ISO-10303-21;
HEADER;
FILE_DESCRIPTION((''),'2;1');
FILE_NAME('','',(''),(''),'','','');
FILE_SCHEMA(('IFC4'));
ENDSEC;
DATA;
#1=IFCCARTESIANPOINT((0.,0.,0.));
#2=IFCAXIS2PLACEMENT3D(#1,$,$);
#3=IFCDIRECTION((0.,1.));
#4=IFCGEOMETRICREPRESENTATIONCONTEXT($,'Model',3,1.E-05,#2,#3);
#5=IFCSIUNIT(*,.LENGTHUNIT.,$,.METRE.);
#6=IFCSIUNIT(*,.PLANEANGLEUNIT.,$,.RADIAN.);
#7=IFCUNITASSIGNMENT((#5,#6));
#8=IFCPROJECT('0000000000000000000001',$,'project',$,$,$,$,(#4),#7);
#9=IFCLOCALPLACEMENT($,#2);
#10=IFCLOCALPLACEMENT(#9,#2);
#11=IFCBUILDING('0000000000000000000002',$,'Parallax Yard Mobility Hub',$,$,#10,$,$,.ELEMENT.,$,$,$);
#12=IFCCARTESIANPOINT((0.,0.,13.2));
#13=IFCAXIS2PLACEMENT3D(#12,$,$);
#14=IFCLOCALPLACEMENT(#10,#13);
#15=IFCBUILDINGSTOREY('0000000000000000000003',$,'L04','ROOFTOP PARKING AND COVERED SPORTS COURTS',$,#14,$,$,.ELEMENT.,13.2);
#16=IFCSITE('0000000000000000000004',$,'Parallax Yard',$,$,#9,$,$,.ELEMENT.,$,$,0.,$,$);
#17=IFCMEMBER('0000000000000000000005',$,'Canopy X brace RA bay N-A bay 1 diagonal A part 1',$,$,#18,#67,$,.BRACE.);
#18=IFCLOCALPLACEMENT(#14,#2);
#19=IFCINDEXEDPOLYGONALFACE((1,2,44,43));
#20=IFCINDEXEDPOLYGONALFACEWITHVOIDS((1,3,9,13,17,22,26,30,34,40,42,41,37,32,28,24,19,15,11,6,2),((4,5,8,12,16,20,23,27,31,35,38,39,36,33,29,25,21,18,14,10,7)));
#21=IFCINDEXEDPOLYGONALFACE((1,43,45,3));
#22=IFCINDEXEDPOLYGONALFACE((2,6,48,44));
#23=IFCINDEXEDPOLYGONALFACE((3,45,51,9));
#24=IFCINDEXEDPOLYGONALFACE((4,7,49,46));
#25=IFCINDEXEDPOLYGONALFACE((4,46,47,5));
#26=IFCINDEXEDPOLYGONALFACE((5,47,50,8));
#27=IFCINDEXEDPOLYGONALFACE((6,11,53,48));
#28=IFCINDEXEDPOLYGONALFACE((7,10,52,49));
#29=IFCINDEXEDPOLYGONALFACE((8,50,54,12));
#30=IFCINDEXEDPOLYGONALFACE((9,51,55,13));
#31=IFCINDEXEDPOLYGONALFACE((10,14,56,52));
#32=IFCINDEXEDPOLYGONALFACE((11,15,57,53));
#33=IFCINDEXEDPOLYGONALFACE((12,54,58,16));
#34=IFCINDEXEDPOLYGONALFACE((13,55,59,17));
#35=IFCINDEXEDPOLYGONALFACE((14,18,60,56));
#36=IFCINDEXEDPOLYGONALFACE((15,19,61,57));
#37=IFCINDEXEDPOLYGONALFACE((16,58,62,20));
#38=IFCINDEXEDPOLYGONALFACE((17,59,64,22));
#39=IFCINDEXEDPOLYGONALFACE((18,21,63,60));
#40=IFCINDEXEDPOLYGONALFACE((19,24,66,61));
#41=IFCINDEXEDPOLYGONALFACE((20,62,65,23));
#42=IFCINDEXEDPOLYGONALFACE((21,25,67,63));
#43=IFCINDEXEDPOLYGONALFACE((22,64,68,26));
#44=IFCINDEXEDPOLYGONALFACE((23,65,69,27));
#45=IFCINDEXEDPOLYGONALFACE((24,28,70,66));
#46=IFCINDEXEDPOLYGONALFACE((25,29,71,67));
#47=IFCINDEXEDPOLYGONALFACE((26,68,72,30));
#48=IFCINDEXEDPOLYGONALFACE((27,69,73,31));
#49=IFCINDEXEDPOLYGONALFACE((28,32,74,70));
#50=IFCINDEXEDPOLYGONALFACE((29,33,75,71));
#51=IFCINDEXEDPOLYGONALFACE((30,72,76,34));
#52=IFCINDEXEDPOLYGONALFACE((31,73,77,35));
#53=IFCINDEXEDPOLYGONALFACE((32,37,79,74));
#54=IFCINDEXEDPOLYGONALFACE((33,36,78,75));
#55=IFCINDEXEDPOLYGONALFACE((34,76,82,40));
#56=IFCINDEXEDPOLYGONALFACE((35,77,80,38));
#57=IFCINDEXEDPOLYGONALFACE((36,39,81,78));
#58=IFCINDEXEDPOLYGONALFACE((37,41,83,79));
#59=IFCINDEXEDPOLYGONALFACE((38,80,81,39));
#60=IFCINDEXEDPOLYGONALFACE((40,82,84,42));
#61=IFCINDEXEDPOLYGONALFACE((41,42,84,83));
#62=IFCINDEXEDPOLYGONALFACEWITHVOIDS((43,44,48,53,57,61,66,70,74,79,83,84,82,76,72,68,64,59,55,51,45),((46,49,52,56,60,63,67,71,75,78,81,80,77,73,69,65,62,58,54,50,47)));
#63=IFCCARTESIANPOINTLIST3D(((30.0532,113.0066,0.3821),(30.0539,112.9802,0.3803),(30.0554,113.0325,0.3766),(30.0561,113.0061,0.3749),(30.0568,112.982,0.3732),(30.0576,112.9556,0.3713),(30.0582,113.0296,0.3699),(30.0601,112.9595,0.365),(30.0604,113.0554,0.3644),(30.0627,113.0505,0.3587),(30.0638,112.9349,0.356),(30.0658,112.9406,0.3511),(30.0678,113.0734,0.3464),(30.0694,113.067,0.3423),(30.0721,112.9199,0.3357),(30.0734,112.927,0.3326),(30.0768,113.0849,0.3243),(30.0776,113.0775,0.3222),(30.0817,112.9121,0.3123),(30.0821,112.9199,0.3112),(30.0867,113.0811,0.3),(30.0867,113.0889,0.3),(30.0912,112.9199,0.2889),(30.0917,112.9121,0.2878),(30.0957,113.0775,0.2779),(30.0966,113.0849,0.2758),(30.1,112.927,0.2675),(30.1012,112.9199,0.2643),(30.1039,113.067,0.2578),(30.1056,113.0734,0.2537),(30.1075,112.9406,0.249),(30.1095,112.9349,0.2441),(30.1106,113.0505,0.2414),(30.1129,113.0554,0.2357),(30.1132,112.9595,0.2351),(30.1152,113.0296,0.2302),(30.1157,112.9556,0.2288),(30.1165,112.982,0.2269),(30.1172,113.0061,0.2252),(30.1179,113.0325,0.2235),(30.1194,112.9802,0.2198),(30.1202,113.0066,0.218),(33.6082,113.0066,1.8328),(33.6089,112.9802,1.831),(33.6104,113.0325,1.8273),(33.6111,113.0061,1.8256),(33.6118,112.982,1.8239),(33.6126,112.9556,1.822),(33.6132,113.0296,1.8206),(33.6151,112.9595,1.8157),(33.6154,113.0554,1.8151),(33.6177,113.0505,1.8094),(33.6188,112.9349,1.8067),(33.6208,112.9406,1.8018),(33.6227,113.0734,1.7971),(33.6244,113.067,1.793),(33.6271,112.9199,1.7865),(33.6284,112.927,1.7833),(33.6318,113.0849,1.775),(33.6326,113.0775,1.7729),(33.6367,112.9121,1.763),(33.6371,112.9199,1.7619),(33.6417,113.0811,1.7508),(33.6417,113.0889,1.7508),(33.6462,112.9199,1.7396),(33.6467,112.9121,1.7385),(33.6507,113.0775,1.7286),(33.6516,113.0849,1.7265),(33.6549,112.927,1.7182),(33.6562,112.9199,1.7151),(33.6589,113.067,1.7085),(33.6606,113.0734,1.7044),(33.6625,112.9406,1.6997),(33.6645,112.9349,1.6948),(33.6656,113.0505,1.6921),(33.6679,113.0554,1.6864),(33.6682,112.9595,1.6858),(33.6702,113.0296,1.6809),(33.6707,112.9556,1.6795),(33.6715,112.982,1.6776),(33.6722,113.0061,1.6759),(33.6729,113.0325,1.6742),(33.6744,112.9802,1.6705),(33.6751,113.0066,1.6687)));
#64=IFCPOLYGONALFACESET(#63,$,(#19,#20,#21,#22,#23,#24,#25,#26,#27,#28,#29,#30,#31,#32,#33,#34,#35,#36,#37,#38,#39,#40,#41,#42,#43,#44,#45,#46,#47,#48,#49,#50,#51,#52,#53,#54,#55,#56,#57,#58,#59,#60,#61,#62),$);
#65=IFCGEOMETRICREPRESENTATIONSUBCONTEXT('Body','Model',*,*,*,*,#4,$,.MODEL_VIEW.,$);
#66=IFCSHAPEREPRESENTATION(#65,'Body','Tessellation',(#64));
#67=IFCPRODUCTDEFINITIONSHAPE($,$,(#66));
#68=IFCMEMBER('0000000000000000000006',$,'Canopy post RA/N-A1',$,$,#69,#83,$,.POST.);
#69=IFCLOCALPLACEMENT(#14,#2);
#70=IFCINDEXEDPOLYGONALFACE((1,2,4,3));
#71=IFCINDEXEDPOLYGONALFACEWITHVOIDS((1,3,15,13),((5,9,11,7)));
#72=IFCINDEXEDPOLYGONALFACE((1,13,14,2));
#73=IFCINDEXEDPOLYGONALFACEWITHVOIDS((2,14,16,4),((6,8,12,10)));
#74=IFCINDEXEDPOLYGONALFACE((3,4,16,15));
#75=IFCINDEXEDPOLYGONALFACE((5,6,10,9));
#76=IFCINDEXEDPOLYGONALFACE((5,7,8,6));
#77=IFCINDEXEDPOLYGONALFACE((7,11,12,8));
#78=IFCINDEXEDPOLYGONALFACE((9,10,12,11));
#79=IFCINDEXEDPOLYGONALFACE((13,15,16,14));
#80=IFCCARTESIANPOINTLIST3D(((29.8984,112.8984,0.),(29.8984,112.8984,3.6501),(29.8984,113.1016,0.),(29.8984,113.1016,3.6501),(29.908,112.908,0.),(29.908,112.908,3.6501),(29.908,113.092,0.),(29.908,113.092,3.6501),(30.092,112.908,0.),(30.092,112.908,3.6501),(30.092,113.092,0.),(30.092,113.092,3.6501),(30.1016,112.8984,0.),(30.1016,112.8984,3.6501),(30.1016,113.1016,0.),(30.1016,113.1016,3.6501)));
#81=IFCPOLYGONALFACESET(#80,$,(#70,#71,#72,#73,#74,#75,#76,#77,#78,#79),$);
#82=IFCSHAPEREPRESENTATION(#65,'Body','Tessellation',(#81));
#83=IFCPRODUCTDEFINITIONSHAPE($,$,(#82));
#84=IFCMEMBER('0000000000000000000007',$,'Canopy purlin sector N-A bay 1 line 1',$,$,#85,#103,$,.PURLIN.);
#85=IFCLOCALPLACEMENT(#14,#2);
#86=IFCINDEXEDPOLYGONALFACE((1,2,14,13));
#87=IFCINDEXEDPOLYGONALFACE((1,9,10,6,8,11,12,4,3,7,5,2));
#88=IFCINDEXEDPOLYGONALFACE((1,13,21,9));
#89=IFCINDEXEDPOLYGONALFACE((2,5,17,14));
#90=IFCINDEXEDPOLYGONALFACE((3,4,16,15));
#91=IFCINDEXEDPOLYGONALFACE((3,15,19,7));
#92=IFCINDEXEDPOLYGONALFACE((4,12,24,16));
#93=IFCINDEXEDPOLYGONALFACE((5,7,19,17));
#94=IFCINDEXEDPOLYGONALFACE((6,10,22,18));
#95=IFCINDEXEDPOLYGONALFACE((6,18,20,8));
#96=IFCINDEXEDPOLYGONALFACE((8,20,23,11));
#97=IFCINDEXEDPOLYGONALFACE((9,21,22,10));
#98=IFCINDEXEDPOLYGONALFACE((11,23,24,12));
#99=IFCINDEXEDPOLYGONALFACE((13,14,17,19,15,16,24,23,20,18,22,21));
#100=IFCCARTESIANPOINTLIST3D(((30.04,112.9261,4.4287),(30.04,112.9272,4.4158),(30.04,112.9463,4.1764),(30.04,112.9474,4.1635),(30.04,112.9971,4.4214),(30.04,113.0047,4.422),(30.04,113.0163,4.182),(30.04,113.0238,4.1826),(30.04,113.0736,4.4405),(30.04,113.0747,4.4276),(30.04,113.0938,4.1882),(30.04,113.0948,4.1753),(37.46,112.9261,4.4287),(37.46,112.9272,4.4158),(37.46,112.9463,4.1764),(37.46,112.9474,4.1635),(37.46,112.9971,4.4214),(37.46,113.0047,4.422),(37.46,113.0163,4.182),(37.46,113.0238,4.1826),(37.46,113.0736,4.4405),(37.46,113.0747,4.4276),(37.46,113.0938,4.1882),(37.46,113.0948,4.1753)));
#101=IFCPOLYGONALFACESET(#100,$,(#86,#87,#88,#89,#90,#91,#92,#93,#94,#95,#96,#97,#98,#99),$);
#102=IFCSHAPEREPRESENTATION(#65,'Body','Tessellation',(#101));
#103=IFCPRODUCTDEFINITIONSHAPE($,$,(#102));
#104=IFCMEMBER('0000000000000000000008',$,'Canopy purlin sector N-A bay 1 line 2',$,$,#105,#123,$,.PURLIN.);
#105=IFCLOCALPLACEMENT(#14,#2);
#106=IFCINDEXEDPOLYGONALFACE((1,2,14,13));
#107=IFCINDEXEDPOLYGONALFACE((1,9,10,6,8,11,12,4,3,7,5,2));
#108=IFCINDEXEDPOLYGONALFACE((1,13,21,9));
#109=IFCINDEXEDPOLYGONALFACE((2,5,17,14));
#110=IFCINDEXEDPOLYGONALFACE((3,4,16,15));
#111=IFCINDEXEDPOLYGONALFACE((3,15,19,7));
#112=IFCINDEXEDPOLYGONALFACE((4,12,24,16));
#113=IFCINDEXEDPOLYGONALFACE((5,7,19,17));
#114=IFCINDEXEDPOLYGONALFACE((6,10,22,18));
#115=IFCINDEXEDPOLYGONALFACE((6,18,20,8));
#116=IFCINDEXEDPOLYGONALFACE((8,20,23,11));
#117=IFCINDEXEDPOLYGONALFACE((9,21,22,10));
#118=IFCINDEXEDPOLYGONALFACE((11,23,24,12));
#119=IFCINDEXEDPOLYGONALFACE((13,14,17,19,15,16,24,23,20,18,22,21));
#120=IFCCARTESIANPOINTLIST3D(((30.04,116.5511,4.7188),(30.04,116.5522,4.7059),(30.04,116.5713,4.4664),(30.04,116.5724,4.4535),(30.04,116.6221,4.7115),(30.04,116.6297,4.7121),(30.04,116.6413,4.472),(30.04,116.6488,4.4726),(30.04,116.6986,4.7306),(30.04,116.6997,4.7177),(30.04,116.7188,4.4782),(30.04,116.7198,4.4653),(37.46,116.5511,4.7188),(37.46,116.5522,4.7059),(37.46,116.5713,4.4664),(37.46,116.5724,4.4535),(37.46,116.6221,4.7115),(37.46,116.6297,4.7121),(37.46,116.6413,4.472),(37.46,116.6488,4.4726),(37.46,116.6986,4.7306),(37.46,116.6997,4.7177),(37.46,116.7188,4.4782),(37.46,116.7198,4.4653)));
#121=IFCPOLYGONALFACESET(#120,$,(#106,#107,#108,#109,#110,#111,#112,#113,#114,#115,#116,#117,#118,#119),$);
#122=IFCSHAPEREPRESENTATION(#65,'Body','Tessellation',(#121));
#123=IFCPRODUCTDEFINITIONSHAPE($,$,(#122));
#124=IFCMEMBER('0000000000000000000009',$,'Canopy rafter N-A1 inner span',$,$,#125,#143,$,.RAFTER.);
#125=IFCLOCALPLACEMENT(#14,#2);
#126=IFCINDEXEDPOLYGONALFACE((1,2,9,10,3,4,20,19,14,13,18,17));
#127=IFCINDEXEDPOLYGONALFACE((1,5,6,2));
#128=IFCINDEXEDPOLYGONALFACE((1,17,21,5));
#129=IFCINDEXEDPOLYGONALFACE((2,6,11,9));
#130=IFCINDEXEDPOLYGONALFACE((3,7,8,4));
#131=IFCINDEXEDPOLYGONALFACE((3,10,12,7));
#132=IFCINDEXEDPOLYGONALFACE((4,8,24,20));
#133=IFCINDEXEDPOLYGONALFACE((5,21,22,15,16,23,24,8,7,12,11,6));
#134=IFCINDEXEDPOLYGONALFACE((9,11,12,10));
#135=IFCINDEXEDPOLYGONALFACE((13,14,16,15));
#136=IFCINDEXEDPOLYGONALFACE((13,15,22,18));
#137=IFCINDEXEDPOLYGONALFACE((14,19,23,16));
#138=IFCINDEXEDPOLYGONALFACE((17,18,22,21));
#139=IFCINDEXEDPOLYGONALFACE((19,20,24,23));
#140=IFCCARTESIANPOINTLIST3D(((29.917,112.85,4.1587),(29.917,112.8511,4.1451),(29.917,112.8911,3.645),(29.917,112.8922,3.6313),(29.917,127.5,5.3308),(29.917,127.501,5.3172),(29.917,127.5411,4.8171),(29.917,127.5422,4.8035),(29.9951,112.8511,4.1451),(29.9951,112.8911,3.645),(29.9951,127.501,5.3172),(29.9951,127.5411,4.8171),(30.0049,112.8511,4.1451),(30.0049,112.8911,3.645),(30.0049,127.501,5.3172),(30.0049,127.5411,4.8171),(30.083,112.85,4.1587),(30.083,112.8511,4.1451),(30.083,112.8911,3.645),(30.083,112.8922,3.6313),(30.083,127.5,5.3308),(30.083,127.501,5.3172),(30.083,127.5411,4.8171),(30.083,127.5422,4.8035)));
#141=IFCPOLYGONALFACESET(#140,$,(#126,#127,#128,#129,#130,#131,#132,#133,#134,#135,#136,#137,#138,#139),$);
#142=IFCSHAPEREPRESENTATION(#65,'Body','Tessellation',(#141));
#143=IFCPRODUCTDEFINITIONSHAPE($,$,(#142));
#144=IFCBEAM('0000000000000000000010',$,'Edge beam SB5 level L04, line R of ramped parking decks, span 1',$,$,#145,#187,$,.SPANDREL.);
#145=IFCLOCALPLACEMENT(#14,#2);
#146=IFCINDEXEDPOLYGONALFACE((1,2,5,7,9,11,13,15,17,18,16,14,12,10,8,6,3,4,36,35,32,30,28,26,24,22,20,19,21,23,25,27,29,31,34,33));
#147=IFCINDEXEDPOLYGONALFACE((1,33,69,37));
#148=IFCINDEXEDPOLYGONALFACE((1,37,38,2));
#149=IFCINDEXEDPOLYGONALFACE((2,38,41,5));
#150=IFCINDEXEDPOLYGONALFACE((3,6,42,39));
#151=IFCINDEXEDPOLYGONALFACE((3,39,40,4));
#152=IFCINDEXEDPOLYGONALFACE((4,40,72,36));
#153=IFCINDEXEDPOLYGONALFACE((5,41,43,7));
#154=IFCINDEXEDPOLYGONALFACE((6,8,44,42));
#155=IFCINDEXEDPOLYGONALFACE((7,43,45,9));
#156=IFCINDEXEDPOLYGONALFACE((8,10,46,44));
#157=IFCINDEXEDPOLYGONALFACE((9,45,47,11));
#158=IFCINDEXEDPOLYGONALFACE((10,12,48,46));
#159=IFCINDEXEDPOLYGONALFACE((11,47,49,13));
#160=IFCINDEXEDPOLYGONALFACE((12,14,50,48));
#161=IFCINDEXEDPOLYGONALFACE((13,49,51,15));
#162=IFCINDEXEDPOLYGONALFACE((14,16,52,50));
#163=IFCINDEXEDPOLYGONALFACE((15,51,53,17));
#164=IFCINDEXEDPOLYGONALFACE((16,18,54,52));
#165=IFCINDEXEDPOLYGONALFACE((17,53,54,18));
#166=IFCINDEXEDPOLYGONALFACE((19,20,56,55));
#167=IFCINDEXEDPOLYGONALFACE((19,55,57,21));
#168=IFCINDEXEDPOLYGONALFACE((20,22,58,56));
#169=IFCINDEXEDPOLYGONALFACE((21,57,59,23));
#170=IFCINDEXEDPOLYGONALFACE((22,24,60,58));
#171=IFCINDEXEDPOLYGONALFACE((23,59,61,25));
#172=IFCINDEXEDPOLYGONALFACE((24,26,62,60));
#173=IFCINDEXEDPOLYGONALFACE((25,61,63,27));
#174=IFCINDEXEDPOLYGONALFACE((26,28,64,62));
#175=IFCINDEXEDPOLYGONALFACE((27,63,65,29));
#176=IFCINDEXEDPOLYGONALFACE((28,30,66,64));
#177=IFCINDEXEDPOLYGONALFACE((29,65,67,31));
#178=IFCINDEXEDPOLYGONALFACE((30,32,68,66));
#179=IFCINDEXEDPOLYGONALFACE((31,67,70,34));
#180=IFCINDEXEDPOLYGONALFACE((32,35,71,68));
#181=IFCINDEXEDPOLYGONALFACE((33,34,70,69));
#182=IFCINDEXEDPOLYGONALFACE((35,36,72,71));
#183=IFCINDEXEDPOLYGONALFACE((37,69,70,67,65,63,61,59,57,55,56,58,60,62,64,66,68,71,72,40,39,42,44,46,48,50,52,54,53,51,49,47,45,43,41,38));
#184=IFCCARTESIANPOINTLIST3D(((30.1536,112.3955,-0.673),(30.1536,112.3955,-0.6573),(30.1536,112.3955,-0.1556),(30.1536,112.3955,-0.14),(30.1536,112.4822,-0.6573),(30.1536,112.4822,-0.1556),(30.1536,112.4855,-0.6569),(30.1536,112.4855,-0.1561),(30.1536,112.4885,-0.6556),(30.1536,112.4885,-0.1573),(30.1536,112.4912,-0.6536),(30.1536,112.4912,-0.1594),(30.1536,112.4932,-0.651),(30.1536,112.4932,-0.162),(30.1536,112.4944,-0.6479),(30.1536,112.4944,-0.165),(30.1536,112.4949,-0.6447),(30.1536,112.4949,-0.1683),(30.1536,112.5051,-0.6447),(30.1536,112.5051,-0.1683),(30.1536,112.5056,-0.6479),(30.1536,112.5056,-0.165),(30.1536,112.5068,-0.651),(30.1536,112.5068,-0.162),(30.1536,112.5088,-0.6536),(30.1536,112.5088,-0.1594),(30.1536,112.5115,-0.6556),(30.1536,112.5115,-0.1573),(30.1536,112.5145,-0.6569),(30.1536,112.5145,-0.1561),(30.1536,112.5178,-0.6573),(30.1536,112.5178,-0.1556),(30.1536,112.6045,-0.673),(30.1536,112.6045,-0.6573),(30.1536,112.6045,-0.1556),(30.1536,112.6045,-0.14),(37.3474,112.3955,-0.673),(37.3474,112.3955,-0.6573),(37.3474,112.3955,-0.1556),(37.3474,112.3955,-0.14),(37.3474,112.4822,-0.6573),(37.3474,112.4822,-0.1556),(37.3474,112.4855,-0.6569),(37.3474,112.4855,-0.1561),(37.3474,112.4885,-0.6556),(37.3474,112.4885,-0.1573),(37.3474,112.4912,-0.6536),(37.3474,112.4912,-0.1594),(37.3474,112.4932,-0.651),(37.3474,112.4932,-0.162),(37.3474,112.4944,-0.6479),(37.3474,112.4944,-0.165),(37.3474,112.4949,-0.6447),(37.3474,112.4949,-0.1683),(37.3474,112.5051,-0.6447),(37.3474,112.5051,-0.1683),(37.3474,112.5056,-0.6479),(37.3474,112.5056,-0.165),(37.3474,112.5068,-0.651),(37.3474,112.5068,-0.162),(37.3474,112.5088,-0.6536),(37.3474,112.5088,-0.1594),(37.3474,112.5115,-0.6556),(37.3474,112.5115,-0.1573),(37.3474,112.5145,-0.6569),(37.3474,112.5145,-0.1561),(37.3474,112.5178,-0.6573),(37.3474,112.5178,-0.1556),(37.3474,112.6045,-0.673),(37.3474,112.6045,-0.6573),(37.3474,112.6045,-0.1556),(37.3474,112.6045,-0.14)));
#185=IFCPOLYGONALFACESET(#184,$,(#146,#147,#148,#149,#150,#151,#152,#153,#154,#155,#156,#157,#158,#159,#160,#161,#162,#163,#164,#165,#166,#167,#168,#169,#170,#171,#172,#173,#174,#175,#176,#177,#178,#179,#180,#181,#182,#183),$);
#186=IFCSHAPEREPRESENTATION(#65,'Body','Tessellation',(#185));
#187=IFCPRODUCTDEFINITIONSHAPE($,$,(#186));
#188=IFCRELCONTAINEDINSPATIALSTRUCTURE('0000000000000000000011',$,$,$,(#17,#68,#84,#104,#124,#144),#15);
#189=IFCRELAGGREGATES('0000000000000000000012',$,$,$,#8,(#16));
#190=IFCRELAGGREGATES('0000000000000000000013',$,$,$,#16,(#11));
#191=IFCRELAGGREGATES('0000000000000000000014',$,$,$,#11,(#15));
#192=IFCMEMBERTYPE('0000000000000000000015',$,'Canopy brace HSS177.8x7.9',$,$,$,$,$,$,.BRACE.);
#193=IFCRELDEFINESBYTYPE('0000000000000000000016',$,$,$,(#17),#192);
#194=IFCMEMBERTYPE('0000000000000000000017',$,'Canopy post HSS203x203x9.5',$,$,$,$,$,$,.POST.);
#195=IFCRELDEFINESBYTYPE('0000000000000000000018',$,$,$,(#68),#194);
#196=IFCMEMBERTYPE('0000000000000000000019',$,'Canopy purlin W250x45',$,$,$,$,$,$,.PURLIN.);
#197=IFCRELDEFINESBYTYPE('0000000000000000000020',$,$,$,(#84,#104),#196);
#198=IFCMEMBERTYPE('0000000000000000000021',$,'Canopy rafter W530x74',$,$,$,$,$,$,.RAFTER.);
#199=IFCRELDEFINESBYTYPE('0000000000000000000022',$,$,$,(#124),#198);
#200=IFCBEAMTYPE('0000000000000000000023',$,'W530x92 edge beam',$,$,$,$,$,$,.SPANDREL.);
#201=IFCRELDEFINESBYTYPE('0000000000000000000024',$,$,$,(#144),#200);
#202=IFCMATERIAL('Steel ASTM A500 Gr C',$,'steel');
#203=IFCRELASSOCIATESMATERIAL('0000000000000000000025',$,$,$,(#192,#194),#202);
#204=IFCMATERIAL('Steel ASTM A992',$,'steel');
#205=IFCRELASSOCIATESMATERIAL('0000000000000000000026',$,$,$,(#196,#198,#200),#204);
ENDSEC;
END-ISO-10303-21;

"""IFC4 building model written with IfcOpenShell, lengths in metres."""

from ifc_helpers import new_model, si_unit, direction, frame, origin, origin_2d, place, context, subcontext, project, spatial, hollow_rectangle, hollow_circle, i_section, extrude, material, material_profile, profile_set, type_object, element, save


model = new_model("IFC4")

# Units and contexts
model_context = context("Model", 3, precision=1e-05, world=origin(), true_north=direction((0.0, 1.0)))
body_context = subcontext(model_context, "Body", "Model", "MODEL_VIEW")
ifc_project = project(units=[si_unit("LENGTHUNIT", "METRE"), si_unit("PLANEANGLEUNIT", "RADIAN")], contexts=[model_context])

# Site, building, storey
site_placement = place(None, origin())
site = spatial("IfcSite", under=ifc_project, at=site_placement, Name="Parallax Yard", CompositionType="ELEMENT", RefElevation=0.0)
building_placement = place(site_placement, origin())
building = spatial("IfcBuilding", under=site, at=building_placement, Name="Parallax Yard Mobility Hub", CompositionType="ELEMENT")
storey_placement = place(building_placement, frame((0.0, 0.0, 13.2)))
storey = spatial("IfcBuildingStorey", under=building, at=storey_placement, Name="L04", Description="ROOFTOP PARKING AND COVERED SPORTS COURTS", CompositionType="ELEMENT", Elevation=13.2)

# Members
ifc_material_1 = material(Name="Steel ASTM A500 Gr C", Category="steel")
ifc_material_profile_1 = material_profile(ifc_material_1, hollow_circle(Radius=0.0889, WallThickness=0.0078, at=origin_2d()), Name="HSS177.8x7.9")
ifc_profile_set_1 = profile_set([ifc_material_profile_1], Name="Steel ASTM A500 Gr C")
member_type_1 = type_object("IfcMemberType", Name="Canopy brace HSS177.8x7.9", PredefinedType="BRACE", material=ifc_profile_set_1)
member_1_placement = place(storey_placement, frame((30.0867, 113.0, 0.3), z_axis=(0.925876, 0.0, 0.377828), x_axis=(0.0, 1.0, 0.0)))
element("IfcMember", 1, at=member_1_placement, inside=storey, type_object=member_type_1, Name="Canopy X brace RA bay N-A bay 1 diagonal A part 1", PredefinedType="BRACE", context=body_context, shape_type="SweptSolid", body=[
    extrude(hollow_circle(Radius=0.0889, WallThickness=0.0078, at=origin_2d()), origin(), (0.0, 0.0, 1.0), 3.8396),
])
ifc_material_profile_2 = material_profile(ifc_material_1, hollow_rectangle(XDim=0.2031, YDim=0.2031, WallThickness=0.0095, at=origin_2d()), Name="HSS203x203x9.5")
ifc_profile_set_2 = profile_set([ifc_material_profile_2], Name="Steel ASTM A500 Gr C")
member_type_2 = type_object("IfcMemberType", Name="Canopy post HSS203x203x9.5", PredefinedType="POST", material=ifc_profile_set_2)
member_2_placement = place(storey_placement, frame((30.0, 113.0, 0.0), z_axis=(0.0, 0.0, 1.0), x_axis=(1.0, 0.0, 0.0)))
element("IfcMember", 2, at=member_2_placement, inside=storey, type_object=member_type_2, Name="Canopy post RA/N-A1", PredefinedType="POST", context=body_context, shape_type="SweptSolid", body=[
    extrude(hollow_rectangle(XDim=0.2031, YDim=0.2031, WallThickness=0.0095, at=origin_2d()), origin(), (0.0, 0.0, 1.0), 3.6501),
])
ifc_material_2 = material(Name="Steel ASTM A992", Category="steel")
ifc_material_profile_3 = material_profile(ifc_material_2, i_section(OverallWidth=0.1479, OverallDepth=0.2661, WebThickness=0.0076, FlangeThickness=0.0129, at=origin_2d()), Name="W250x45")
ifc_profile_set_3 = profile_set([ifc_material_profile_3], Name="Steel ASTM A992")
member_type_3 = type_object("IfcMemberType", Name="Canopy purlin W250x45", PredefinedType="PURLIN", material=ifc_profile_set_3)
for number, where, z_axis, x_axis, name in (
    (3, (30.04, 113.0105, 4.302), (1.0, 0.0, 0.0), (0.0, 0.996815, 0.079745), "Canopy purlin sector N-A bay 1 line 1"),
    (4, (30.04, 116.6355, 4.592), (1.0, 0.0, 0.0), (0.0, 0.996815, 0.079745), "Canopy purlin sector N-A bay 1 line 2"),
):
    element("IfcMember", number, at=place(storey_placement, frame(where, z_axis=z_axis, x_axis=x_axis)), inside=storey, type_object=member_type_3, Name=name, PredefinedType="PURLIN", context=body_context, shape_type="SweptSolid", body=[
        extrude(i_section(OverallWidth=0.1479, OverallDepth=0.2661, WebThickness=0.0076, FlangeThickness=0.0129, at=origin_2d()), origin(), (0.0, 0.0, 1.0), 7.4199),
    ])
ifc_material_profile_4 = material_profile(ifc_material_2, i_section(OverallWidth=0.166, OverallDepth=0.5291, WebThickness=0.0098, FlangeThickness=0.0137, at=origin_2d()), Name="W530x74")
ifc_profile_set_4 = profile_set([ifc_material_profile_4], Name="Steel ASTM A992")
member_type_4 = type_object("IfcMemberType", Name="Canopy rafter W530x74", PredefinedType="RAFTER", material=ifc_profile_set_4)
member_3_placement = place(storey_placement, frame((30.0, 112.8711, 3.895), z_axis=(0.0, 0.996815, 0.079754), x_axis=(-1.0, 0.0, 0.0)))
element("IfcMember", 5, at=member_3_placement, inside=storey, type_object=member_type_4, Name="Canopy rafter N-A1 inner span", PredefinedType="RAFTER", context=body_context, shape_type="SweptSolid", body=[
    extrude(i_section(OverallWidth=0.166, OverallDepth=0.5291, WebThickness=0.0098, FlangeThickness=0.0137, at=origin_2d()), origin(), (0.0, 0.0, 1.0), 14.6968),
])

# Beam
ifc_material_profile_5 = material_profile(ifc_material_2, i_section(OverallWidth=0.209, OverallDepth=0.533, WebThickness=0.0103, FlangeThickness=0.0156, FilletRadius=0.0127, at=origin_2d()), Name="W530x92")
ifc_profile_set_5 = profile_set([ifc_material_profile_5], Name="Steel ASTM A992")
beam_type_1 = type_object("IfcBeamType", Name="W530x92 edge beam", PredefinedType="SPANDREL", material=ifc_profile_set_5)
beam_1_placement = place(storey_placement, frame((30.1536, 112.5, -0.4065), z_axis=(1.0, 0.0, 0.0), x_axis=(0.0, 1.0, 0.0)))
element("IfcBeam", 6, at=beam_1_placement, inside=storey, type_object=beam_type_1, Name="Edge beam SB5 level L04, line R of ramped parking decks, span 1", PredefinedType="SPANDREL", context=body_context, shape_type="SweptSolid", body=[
    extrude(i_section(OverallWidth=0.209, OverallDepth=0.533, WebThickness=0.0103, FlangeThickness=0.0156, FilletRadius=0.0127, at=origin_2d()), origin(), (0.0, 0.0, 1.0), 7.1938),
])

save(model, "model.ifc")
